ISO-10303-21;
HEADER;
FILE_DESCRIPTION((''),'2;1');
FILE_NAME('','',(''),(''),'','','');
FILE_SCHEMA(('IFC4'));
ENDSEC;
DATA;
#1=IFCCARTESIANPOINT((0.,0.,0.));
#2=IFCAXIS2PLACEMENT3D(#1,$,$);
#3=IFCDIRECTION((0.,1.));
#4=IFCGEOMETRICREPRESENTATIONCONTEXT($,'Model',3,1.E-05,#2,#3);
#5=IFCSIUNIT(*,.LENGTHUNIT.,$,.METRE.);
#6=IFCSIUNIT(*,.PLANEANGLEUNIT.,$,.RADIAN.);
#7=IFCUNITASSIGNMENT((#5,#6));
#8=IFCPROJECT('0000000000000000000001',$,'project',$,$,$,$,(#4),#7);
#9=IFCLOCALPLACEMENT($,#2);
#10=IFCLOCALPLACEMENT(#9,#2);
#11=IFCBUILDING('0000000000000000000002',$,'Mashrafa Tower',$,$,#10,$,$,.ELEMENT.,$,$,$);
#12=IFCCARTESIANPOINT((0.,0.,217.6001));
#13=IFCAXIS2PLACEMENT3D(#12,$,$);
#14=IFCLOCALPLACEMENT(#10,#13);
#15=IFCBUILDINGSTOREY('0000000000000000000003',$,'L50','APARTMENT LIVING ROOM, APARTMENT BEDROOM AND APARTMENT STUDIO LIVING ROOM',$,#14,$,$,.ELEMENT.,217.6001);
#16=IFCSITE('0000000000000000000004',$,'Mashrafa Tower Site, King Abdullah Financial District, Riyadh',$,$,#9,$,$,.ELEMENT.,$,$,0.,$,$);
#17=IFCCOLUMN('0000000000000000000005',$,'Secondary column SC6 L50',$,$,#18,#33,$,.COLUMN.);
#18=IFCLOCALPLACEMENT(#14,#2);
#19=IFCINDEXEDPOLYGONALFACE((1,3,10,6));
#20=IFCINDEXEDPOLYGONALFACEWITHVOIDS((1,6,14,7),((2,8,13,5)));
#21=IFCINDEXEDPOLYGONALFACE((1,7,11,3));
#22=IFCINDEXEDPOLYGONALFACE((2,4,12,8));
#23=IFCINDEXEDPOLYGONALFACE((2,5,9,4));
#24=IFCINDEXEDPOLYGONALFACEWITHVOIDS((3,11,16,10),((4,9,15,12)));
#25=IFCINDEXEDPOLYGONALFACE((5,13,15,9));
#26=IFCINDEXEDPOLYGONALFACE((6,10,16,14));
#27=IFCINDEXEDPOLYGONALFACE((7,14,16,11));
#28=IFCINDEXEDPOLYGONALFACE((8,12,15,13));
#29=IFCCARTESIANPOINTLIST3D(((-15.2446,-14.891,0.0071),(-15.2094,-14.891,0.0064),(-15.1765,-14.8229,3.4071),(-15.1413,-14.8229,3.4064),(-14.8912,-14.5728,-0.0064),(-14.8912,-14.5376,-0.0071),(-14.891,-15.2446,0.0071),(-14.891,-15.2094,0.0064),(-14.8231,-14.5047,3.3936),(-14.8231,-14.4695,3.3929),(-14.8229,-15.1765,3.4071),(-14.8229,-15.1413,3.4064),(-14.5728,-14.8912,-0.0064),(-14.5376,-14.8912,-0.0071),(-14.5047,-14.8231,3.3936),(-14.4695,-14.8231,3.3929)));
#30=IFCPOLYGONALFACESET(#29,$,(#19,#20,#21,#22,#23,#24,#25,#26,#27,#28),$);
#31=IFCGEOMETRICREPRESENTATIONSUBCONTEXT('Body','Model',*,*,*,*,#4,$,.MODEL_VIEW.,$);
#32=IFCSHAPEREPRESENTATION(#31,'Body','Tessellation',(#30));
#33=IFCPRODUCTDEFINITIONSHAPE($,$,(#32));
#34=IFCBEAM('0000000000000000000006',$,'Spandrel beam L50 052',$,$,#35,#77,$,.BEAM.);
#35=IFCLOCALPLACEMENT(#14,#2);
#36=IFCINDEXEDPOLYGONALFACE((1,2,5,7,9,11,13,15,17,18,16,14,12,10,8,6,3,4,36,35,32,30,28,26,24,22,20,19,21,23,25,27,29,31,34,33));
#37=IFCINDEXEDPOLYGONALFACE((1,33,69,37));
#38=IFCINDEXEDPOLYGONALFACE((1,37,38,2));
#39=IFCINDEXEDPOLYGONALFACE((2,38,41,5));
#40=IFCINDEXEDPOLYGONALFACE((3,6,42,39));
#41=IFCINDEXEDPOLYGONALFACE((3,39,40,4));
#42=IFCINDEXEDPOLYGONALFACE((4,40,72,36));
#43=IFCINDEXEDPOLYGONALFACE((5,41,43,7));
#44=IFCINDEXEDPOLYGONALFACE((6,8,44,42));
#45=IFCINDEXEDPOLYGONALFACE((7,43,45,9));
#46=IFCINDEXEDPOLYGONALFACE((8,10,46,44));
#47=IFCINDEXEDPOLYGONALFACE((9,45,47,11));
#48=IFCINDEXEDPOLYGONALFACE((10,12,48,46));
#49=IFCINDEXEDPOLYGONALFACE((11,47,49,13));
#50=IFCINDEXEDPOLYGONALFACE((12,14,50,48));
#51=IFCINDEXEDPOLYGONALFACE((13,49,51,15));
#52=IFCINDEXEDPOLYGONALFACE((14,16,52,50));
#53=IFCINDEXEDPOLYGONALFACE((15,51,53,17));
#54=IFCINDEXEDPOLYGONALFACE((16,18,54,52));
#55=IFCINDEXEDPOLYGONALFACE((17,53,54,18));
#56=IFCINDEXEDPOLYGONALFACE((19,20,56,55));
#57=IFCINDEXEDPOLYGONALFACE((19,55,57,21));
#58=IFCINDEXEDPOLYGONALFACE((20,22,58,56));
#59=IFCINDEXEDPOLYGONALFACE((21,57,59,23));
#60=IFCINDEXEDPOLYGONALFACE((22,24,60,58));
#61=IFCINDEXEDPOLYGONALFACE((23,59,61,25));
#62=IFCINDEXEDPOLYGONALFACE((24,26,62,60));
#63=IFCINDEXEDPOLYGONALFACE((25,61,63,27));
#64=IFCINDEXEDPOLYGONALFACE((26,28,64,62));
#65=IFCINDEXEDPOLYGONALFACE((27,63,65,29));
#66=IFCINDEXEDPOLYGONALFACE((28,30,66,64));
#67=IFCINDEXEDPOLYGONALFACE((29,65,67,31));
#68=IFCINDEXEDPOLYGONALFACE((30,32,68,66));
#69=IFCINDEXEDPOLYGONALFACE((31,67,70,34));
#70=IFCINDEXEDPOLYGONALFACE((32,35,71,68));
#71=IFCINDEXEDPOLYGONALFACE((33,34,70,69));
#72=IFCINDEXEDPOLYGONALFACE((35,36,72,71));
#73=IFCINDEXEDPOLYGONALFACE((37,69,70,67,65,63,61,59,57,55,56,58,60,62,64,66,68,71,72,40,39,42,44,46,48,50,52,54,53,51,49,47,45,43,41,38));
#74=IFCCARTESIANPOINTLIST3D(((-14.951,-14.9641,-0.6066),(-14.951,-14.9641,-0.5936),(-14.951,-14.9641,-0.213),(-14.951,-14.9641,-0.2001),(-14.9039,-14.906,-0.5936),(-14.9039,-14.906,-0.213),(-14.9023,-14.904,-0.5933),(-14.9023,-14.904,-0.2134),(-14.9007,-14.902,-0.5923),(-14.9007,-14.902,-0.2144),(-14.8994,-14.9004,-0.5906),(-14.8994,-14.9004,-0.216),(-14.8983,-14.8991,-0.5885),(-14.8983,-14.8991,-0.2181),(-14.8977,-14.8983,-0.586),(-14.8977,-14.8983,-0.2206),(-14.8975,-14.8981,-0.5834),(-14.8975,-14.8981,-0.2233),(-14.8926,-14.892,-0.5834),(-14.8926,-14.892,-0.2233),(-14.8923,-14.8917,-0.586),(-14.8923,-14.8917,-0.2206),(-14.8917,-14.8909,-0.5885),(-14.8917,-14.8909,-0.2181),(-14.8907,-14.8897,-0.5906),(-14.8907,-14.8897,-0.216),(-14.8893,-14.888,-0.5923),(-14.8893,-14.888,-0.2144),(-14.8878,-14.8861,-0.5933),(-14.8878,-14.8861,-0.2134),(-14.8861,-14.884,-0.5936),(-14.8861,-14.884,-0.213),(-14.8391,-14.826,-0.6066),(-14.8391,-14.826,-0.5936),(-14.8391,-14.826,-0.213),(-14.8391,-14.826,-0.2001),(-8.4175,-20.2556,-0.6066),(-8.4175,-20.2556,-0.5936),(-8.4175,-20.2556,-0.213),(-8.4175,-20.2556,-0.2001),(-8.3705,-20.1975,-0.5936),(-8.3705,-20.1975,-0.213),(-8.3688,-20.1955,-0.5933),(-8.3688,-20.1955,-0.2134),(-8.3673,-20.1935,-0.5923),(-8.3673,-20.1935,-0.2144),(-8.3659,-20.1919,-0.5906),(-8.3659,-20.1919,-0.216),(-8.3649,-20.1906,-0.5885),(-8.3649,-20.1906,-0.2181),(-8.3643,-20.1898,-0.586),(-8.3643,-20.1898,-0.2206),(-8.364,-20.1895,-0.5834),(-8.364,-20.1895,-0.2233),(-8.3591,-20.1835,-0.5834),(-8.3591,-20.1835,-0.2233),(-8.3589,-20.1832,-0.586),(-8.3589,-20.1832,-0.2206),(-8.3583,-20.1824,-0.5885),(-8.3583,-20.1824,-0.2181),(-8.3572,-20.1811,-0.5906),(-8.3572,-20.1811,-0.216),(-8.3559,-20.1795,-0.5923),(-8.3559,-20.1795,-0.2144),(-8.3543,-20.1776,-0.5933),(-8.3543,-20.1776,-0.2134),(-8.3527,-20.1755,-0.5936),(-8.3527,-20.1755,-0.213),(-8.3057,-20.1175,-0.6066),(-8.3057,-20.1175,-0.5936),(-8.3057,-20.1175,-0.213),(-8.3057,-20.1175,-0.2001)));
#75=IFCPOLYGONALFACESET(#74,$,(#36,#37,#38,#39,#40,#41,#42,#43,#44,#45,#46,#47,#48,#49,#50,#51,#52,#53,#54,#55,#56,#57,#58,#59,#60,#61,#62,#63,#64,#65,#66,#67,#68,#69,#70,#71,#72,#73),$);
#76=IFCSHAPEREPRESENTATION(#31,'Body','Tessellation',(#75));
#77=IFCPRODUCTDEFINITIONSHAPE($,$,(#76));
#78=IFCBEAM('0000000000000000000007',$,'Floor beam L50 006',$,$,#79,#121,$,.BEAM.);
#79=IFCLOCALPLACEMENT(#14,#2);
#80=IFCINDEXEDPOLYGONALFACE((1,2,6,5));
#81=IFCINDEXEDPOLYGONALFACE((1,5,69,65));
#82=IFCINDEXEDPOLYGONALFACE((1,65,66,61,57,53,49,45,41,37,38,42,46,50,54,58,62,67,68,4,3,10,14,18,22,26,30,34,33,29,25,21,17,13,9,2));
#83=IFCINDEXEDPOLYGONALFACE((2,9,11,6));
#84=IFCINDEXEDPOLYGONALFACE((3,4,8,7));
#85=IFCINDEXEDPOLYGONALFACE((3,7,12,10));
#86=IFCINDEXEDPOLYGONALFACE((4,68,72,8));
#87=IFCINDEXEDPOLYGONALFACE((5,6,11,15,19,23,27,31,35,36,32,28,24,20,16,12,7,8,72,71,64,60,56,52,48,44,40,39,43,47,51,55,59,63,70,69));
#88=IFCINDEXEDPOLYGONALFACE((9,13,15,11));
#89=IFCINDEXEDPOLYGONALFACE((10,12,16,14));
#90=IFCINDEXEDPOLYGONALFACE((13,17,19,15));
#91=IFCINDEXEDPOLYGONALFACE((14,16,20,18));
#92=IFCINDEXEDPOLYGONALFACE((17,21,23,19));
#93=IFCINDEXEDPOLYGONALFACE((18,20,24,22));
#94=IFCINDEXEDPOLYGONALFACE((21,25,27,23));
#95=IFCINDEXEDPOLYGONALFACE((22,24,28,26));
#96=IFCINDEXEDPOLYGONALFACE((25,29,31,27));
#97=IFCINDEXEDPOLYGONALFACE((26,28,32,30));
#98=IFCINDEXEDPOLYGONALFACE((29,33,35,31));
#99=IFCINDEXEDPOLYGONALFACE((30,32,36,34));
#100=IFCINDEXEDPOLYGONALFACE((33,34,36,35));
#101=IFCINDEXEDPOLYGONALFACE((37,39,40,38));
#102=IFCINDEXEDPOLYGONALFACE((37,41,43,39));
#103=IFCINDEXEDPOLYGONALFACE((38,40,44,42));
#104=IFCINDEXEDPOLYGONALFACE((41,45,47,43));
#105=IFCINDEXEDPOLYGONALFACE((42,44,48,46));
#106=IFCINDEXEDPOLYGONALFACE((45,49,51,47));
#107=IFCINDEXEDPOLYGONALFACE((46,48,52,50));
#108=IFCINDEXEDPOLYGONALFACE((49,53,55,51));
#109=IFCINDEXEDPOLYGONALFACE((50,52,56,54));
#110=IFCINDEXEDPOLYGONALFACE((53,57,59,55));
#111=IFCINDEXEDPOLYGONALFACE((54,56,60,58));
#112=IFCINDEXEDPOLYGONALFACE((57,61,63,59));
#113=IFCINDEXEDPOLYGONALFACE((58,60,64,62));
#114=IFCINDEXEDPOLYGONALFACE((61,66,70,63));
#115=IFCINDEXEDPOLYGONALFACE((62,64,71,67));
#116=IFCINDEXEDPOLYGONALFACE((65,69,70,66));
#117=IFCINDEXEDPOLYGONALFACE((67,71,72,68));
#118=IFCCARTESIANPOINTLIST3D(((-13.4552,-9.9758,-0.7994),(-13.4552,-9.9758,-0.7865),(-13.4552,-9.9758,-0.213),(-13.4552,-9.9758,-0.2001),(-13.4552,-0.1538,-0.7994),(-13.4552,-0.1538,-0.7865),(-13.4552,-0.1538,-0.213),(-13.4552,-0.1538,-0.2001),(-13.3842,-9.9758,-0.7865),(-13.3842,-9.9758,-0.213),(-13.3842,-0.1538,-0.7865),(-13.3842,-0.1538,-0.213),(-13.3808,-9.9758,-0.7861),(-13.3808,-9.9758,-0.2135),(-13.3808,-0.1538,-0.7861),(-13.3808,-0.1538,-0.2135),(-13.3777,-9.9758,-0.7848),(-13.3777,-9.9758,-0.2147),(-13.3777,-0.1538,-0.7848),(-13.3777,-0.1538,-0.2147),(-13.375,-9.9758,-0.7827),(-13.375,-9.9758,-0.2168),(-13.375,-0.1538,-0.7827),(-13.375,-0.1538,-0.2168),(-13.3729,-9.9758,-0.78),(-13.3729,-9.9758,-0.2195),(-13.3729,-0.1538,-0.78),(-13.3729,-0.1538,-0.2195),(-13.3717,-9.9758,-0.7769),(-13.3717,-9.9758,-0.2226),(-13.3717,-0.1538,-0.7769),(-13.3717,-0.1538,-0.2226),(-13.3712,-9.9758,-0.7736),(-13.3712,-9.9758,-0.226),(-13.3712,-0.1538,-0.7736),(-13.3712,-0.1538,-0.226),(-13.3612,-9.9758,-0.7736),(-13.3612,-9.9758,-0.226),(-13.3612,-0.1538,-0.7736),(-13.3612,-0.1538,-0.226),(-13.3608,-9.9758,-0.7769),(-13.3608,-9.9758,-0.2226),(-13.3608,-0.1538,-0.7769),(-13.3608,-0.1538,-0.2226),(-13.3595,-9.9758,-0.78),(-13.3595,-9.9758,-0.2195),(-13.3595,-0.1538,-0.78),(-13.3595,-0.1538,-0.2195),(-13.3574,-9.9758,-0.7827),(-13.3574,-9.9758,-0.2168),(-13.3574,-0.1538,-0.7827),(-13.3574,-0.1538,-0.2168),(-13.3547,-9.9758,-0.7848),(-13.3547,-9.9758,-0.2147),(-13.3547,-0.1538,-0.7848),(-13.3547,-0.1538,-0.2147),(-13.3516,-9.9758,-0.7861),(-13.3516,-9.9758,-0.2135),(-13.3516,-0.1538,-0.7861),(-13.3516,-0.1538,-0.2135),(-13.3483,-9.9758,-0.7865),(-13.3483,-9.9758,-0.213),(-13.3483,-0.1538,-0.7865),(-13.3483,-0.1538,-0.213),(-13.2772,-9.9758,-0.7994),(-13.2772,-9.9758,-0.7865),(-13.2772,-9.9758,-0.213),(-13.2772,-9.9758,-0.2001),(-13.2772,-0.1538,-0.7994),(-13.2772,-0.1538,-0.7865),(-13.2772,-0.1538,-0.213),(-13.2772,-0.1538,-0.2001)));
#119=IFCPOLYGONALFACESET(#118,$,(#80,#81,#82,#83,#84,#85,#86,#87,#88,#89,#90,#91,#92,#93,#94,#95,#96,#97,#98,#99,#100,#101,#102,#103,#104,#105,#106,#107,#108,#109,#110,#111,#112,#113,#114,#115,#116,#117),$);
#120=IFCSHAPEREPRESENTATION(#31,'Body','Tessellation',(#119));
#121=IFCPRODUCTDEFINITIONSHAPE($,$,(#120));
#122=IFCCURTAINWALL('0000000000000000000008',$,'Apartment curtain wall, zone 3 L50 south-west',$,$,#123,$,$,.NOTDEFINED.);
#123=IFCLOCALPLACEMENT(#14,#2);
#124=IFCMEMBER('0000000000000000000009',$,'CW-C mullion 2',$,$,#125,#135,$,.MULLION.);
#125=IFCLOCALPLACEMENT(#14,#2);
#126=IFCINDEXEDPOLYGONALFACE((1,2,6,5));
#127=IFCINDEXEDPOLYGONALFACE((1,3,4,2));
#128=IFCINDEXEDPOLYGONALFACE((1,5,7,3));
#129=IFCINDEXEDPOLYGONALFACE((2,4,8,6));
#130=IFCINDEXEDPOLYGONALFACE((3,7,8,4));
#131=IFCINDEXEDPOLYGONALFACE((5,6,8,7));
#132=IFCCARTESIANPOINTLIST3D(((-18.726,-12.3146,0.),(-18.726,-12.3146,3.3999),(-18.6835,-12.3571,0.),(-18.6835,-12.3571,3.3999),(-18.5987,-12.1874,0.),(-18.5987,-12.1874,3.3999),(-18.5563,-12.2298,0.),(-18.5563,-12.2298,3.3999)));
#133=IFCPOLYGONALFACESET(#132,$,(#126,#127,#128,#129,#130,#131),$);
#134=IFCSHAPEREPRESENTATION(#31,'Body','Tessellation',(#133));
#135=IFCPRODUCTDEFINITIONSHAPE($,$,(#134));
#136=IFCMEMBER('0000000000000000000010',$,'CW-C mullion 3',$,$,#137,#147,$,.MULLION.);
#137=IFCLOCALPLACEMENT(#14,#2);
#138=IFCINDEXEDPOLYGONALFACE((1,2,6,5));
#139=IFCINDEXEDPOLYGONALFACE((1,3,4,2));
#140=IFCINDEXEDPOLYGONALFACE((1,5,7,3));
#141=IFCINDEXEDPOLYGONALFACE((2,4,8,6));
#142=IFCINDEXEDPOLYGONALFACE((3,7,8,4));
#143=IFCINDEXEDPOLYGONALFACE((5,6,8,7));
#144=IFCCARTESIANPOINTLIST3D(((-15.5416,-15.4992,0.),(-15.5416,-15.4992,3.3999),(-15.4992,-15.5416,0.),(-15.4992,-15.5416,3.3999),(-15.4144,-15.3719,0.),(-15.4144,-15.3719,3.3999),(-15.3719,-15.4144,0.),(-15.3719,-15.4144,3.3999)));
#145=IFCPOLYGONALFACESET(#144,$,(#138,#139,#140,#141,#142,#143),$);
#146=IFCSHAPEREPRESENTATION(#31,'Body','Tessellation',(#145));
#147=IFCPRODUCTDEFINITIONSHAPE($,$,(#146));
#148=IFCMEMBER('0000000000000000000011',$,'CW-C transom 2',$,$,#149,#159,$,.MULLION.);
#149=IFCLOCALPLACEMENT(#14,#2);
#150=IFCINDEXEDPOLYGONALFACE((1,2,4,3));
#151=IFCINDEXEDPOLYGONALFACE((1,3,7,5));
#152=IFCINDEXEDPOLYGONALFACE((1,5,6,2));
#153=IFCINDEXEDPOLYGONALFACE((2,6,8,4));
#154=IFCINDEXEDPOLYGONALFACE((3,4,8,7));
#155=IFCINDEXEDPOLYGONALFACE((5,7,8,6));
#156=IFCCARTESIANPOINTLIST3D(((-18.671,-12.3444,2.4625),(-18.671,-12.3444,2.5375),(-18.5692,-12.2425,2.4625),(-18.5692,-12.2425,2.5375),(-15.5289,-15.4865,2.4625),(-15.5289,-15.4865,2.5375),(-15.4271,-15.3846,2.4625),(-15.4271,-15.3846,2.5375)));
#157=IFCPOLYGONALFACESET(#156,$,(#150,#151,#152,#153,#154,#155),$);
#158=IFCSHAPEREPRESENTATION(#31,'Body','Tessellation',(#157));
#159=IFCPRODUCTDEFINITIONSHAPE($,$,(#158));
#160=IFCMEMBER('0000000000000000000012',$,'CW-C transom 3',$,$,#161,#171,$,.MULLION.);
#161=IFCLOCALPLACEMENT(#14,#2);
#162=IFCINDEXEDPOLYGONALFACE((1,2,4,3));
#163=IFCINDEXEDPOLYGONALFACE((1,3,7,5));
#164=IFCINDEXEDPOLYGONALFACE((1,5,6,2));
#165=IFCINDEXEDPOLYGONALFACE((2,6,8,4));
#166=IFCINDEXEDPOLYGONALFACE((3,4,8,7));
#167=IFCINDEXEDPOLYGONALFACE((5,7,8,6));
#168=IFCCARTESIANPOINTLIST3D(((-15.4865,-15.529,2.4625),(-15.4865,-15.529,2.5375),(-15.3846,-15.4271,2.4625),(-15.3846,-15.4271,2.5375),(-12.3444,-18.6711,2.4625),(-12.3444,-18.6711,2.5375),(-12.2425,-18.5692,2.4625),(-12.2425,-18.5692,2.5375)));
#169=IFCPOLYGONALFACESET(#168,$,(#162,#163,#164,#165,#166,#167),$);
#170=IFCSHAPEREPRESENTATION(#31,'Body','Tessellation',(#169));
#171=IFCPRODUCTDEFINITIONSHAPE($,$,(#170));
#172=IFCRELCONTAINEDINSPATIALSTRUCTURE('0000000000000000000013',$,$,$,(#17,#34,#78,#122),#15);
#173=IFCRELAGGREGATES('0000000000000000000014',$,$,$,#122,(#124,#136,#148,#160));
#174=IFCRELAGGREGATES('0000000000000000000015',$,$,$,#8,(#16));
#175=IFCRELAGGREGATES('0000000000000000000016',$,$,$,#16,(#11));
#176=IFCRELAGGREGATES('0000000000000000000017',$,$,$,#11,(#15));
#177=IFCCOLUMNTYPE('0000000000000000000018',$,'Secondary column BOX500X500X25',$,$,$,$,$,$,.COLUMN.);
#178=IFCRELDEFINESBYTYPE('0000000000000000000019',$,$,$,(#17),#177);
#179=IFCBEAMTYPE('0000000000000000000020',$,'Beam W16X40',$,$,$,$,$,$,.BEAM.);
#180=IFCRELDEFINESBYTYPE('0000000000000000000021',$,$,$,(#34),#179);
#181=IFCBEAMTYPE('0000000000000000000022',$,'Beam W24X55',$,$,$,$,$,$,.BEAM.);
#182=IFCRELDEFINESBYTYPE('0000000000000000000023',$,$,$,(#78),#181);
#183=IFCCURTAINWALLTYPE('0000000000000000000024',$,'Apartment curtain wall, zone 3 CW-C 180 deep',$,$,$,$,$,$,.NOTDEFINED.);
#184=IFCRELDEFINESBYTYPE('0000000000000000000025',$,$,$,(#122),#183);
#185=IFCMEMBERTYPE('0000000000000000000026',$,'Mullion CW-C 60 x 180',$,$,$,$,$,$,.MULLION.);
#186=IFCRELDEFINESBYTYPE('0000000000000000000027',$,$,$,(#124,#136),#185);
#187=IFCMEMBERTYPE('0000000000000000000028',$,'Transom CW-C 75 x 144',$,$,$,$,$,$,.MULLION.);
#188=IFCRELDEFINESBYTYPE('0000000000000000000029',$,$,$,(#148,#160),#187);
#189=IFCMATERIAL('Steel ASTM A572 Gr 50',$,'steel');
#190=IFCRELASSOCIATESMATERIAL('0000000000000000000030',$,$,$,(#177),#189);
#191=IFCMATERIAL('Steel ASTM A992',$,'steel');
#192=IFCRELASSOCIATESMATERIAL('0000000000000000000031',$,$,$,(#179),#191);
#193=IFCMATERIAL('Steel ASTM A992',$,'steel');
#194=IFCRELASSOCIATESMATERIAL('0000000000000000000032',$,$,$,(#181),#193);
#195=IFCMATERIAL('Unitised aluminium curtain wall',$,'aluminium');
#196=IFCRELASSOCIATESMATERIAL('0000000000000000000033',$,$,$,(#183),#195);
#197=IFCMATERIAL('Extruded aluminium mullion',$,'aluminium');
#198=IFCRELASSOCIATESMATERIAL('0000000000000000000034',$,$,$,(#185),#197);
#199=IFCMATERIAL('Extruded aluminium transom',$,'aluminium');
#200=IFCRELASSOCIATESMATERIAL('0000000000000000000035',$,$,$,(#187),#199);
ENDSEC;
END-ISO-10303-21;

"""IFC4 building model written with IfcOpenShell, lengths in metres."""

from ifc_helpers import new_model, si_unit, direction, frame, origin, origin_2d, place, context, subcontext, project, spatial, rectangle, hollow_rectangle, i_section, extrude, source, transform, mapped, material, material_profile, profile_set, type_object, type_shapes, element, aggregate, save


model = new_model("IFC4")

# Units and contexts
model_context = context("Model", 3, precision=1e-05, world=origin(), true_north=direction((0.0, 1.0)))
body_context = subcontext(model_context, "Body", "Model", "MODEL_VIEW")
ifc_project = project(units=[si_unit("LENGTHUNIT", "METRE"), si_unit("PLANEANGLEUNIT", "RADIAN")], contexts=[model_context])

# Site, building, storey
site_placement = place(None, origin())
site = spatial("IfcSite", under=ifc_project, at=site_placement, Name="Mashrafa Tower Site, King Abdullah Financial District, Riyadh", CompositionType="ELEMENT", RefElevation=0.0)
building_placement = place(site_placement, origin())
building = spatial("IfcBuilding", under=site, at=building_placement, Name="Mashrafa Tower", CompositionType="ELEMENT")
storey_placement = place(building_placement, frame((0.0, 0.0, 217.6001)))
storey = spatial("IfcBuildingStorey", under=building, at=storey_placement, Name="L50", Description="APARTMENT LIVING ROOM, APARTMENT BEDROOM AND APARTMENT STUDIO LIVING ROOM", CompositionType="ELEMENT", Elevation=217.6001)

# Column
ifc_material_1 = material(Name="Steel ASTM A572 Gr 50", Category="steel")
ifc_material_profile_1 = material_profile(ifc_material_1, hollow_rectangle(XDim=0.5, YDim=0.5, WallThickness=0.0249, at=origin_2d()), Name="BOX500X500X25")
ifc_profile_set_1 = profile_set([ifc_material_profile_1], Name="Steel ASTM A572 Gr 50")
column_type = type_object("IfcColumnType", Name="Secondary column BOX500X500X25", PredefinedType="COLUMN", material=ifc_profile_set_1)
column_placement = place(storey_placement, frame((-14.8911, -14.8911, 0.0), z_axis=(0.020026, 0.020026, 0.999599), x_axis=(-0.707107, 0.707107, 0.0)))
element("IfcColumn", 1, at=column_placement, inside=storey, type_object=column_type, Name="Secondary column SC6 L50", PredefinedType="COLUMN", context=body_context, shape_type="SweptSolid", body=[
    extrude(hollow_rectangle(XDim=0.5, YDim=0.5, WallThickness=0.0249, at=origin_2d()), origin(), (0.0, 0.0, 1.0), 3.4014),
])

# Beams
ifc_material_2 = material(Name="Steel ASTM A992", Category="steel")
ifc_material_profile_2 = material_profile(ifc_material_2, i_section(OverallWidth=0.1777, OverallDepth=0.4065, WebThickness=0.0078, FlangeThickness=0.0129, FilletRadius=0.0103, at=origin_2d()), Name="W16X40")
ifc_profile_set_2 = profile_set([ifc_material_profile_2], Name="Steel ASTM A992")
beam_type_1 = type_object("IfcBeamType", Name="Beam W16X40", PredefinedType="BEAM", material=ifc_profile_set_2)
beam_1_placement = place(storey_placement, frame((-14.895, -14.895, -0.4033), z_axis=(0.777098, -0.629379, 0.0), x_axis=(0.629379, 0.777098, 0.0)))
element("IfcBeam", 2, at=beam_1_placement, inside=storey, type_object=beam_type_1, Name="Spandrel beam L50 052", PredefinedType="BEAM", context=body_context, shape_type="SweptSolid", body=[
    extrude(i_section(OverallWidth=0.1777, OverallDepth=0.4065, WebThickness=0.0078, FlangeThickness=0.0129, FilletRadius=0.0103, at=origin_2d()), origin(), (0.0, 0.0, 1.0), 8.4075),
])
ifc_material_3 = material(Name="Steel ASTM A992", Category="steel")
ifc_material_profile_3 = material_profile(ifc_material_3, i_section(OverallWidth=0.178, OverallDepth=0.5994, WebThickness=0.01, FlangeThickness=0.0129, FilletRadius=0.0129, at=origin_2d()), Name="W24X55")
ifc_profile_set_3 = profile_set([ifc_material_profile_3], Name="Steel ASTM A992")
beam_type_2 = type_object("IfcBeamType", Name="Beam W24X55", PredefinedType="BEAM", material=ifc_profile_set_3)
beam_2_placement = place(storey_placement, frame((-13.3662, -9.9758, -0.4998), z_axis=(0.0, 1.0, 0.0), x_axis=(-1.0, 0.0, 0.0)))
element("IfcBeam", 3, at=beam_2_placement, inside=storey, type_object=beam_type_2, Name="Floor beam L50 006", PredefinedType="BEAM", context=body_context, shape_type="SweptSolid", body=[
    extrude(i_section(OverallWidth=0.178, OverallDepth=0.5994, WebThickness=0.01, FlangeThickness=0.0129, FilletRadius=0.0129, at=origin_2d()), origin(), (0.0, 0.0, 1.0), 9.822),
])

# Curtain wall, members
ifc_material_4 = material(Name="Unitised aluminium curtain wall", Category="aluminium")
curtain_wall_type = type_object("IfcCurtainWallType", Name="Apartment curtain wall, zone 3 CW-C 180 deep", PredefinedType="NOTDEFINED", material=ifc_material_4)
curtain_wall_placement = place(storey_placement, origin())
curtain_wall = element("IfcCurtainWall", 4, at=curtain_wall_placement, inside=storey, type_object=curtain_wall_type, Name="Apartment curtain wall, zone 3 L50 south-west", PredefinedType="NOTDEFINED")
ifc_material_5 = material(Name="Extruded aluminium mullion", Category="aluminium")
ifc_material_profile_4 = material_profile(ifc_material_5, rectangle(XDim=0.1799, YDim=0.0601, at=origin_2d()), Name="Mullion 60x180")
ifc_profile_set_4 = profile_set([ifc_material_profile_4], Name="Extruded aluminium mullion")
member_type_1 = type_object("IfcMemberType", Name="Mullion CW-C 60 x 180", PredefinedType="MULLION", material=ifc_profile_set_4)
shared_shape_1 = source(origin(), body_context, "Body", "SweptSolid", [
    extrude(rectangle(XDim=0.1799, YDim=0.0601, at=origin_2d()), origin(), (0.0, 0.0, 1.0), 3.3999),
])
type_shapes(member_type_1, [shared_shape_1])
member_1_placement = place(storey_placement, frame((-18.6411, -12.2722, 0.0), z_axis=(0.0, 0.0, 1.0), x_axis=(0.707107, 0.707107, 0.0)))
member_1 = element("IfcMember", 5, at=member_1_placement, type_object=member_type_1, Name="CW-C mullion 2", PredefinedType="MULLION", context=body_context, shape_type="MappedRepresentation", body=[
    mapped(shared_shape_1, transform((0.0, 0.0, 0.0))),
])
member_2_placement = place(storey_placement, frame((-15.4568, -15.4568, 0.0), z_axis=(0.0, 0.0, 1.0), x_axis=(0.707107, 0.707107, 0.0)))
member_2 = element("IfcMember", 6, at=member_2_placement, type_object=member_type_1, Name="CW-C mullion 3", PredefinedType="MULLION", context=body_context, shape_type="MappedRepresentation", body=[
    mapped(shared_shape_1, transform((0.0, 0.0, 0.0))),
])
ifc_material_6 = material(Name="Extruded aluminium transom", Category="aluminium")
ifc_material_profile_5 = material_profile(ifc_material_6, rectangle(XDim=0.144, YDim=0.075, at=origin_2d()), Name="Transom 75x144")
ifc_profile_set_5 = profile_set([ifc_material_profile_5], Name="Extruded aluminium transom")
member_type_2 = type_object("IfcMemberType", Name="Transom CW-C 75 x 144", PredefinedType="MULLION", material=ifc_profile_set_5)
shared_shape_2 = source(origin(), body_context, "Body", "SweptSolid", [
    extrude(rectangle(XDim=0.144, YDim=0.075, at=origin_2d()), origin(), (0.0, 0.0, 1.0), 4.4436),
])
type_shapes(member_type_2, [shared_shape_2])
member_3_placement = place(storey_placement, frame((-18.6201, -12.2935, 2.5), z_axis=(0.707107, -0.707107, 0.0), x_axis=(0.707107, 0.707107, 0.0)))
member_3 = element("IfcMember", 7, at=member_3_placement, type_object=member_type_2, Name="CW-C transom 2", PredefinedType="MULLION", context=body_context, shape_type="MappedRepresentation", body=[
    mapped(shared_shape_2, transform((0.0, 0.0, 0.0))),
])
member_4_placement = place(storey_placement, frame((-15.4355, -15.478, 2.5), z_axis=(0.707107, -0.707107, 0.0), x_axis=(0.707107, 0.707107, 0.0)))
member_4 = element("IfcMember", 8, at=member_4_placement, type_object=member_type_2, Name="CW-C transom 3", PredefinedType="MULLION", context=body_context, shape_type="MappedRepresentation", body=[
    mapped(shared_shape_2, transform((0.0, 0.0, 0.0))),
])
aggregate(curtain_wall, [member_1, member_2, member_3, member_4])

save(model, "model.ifc")
